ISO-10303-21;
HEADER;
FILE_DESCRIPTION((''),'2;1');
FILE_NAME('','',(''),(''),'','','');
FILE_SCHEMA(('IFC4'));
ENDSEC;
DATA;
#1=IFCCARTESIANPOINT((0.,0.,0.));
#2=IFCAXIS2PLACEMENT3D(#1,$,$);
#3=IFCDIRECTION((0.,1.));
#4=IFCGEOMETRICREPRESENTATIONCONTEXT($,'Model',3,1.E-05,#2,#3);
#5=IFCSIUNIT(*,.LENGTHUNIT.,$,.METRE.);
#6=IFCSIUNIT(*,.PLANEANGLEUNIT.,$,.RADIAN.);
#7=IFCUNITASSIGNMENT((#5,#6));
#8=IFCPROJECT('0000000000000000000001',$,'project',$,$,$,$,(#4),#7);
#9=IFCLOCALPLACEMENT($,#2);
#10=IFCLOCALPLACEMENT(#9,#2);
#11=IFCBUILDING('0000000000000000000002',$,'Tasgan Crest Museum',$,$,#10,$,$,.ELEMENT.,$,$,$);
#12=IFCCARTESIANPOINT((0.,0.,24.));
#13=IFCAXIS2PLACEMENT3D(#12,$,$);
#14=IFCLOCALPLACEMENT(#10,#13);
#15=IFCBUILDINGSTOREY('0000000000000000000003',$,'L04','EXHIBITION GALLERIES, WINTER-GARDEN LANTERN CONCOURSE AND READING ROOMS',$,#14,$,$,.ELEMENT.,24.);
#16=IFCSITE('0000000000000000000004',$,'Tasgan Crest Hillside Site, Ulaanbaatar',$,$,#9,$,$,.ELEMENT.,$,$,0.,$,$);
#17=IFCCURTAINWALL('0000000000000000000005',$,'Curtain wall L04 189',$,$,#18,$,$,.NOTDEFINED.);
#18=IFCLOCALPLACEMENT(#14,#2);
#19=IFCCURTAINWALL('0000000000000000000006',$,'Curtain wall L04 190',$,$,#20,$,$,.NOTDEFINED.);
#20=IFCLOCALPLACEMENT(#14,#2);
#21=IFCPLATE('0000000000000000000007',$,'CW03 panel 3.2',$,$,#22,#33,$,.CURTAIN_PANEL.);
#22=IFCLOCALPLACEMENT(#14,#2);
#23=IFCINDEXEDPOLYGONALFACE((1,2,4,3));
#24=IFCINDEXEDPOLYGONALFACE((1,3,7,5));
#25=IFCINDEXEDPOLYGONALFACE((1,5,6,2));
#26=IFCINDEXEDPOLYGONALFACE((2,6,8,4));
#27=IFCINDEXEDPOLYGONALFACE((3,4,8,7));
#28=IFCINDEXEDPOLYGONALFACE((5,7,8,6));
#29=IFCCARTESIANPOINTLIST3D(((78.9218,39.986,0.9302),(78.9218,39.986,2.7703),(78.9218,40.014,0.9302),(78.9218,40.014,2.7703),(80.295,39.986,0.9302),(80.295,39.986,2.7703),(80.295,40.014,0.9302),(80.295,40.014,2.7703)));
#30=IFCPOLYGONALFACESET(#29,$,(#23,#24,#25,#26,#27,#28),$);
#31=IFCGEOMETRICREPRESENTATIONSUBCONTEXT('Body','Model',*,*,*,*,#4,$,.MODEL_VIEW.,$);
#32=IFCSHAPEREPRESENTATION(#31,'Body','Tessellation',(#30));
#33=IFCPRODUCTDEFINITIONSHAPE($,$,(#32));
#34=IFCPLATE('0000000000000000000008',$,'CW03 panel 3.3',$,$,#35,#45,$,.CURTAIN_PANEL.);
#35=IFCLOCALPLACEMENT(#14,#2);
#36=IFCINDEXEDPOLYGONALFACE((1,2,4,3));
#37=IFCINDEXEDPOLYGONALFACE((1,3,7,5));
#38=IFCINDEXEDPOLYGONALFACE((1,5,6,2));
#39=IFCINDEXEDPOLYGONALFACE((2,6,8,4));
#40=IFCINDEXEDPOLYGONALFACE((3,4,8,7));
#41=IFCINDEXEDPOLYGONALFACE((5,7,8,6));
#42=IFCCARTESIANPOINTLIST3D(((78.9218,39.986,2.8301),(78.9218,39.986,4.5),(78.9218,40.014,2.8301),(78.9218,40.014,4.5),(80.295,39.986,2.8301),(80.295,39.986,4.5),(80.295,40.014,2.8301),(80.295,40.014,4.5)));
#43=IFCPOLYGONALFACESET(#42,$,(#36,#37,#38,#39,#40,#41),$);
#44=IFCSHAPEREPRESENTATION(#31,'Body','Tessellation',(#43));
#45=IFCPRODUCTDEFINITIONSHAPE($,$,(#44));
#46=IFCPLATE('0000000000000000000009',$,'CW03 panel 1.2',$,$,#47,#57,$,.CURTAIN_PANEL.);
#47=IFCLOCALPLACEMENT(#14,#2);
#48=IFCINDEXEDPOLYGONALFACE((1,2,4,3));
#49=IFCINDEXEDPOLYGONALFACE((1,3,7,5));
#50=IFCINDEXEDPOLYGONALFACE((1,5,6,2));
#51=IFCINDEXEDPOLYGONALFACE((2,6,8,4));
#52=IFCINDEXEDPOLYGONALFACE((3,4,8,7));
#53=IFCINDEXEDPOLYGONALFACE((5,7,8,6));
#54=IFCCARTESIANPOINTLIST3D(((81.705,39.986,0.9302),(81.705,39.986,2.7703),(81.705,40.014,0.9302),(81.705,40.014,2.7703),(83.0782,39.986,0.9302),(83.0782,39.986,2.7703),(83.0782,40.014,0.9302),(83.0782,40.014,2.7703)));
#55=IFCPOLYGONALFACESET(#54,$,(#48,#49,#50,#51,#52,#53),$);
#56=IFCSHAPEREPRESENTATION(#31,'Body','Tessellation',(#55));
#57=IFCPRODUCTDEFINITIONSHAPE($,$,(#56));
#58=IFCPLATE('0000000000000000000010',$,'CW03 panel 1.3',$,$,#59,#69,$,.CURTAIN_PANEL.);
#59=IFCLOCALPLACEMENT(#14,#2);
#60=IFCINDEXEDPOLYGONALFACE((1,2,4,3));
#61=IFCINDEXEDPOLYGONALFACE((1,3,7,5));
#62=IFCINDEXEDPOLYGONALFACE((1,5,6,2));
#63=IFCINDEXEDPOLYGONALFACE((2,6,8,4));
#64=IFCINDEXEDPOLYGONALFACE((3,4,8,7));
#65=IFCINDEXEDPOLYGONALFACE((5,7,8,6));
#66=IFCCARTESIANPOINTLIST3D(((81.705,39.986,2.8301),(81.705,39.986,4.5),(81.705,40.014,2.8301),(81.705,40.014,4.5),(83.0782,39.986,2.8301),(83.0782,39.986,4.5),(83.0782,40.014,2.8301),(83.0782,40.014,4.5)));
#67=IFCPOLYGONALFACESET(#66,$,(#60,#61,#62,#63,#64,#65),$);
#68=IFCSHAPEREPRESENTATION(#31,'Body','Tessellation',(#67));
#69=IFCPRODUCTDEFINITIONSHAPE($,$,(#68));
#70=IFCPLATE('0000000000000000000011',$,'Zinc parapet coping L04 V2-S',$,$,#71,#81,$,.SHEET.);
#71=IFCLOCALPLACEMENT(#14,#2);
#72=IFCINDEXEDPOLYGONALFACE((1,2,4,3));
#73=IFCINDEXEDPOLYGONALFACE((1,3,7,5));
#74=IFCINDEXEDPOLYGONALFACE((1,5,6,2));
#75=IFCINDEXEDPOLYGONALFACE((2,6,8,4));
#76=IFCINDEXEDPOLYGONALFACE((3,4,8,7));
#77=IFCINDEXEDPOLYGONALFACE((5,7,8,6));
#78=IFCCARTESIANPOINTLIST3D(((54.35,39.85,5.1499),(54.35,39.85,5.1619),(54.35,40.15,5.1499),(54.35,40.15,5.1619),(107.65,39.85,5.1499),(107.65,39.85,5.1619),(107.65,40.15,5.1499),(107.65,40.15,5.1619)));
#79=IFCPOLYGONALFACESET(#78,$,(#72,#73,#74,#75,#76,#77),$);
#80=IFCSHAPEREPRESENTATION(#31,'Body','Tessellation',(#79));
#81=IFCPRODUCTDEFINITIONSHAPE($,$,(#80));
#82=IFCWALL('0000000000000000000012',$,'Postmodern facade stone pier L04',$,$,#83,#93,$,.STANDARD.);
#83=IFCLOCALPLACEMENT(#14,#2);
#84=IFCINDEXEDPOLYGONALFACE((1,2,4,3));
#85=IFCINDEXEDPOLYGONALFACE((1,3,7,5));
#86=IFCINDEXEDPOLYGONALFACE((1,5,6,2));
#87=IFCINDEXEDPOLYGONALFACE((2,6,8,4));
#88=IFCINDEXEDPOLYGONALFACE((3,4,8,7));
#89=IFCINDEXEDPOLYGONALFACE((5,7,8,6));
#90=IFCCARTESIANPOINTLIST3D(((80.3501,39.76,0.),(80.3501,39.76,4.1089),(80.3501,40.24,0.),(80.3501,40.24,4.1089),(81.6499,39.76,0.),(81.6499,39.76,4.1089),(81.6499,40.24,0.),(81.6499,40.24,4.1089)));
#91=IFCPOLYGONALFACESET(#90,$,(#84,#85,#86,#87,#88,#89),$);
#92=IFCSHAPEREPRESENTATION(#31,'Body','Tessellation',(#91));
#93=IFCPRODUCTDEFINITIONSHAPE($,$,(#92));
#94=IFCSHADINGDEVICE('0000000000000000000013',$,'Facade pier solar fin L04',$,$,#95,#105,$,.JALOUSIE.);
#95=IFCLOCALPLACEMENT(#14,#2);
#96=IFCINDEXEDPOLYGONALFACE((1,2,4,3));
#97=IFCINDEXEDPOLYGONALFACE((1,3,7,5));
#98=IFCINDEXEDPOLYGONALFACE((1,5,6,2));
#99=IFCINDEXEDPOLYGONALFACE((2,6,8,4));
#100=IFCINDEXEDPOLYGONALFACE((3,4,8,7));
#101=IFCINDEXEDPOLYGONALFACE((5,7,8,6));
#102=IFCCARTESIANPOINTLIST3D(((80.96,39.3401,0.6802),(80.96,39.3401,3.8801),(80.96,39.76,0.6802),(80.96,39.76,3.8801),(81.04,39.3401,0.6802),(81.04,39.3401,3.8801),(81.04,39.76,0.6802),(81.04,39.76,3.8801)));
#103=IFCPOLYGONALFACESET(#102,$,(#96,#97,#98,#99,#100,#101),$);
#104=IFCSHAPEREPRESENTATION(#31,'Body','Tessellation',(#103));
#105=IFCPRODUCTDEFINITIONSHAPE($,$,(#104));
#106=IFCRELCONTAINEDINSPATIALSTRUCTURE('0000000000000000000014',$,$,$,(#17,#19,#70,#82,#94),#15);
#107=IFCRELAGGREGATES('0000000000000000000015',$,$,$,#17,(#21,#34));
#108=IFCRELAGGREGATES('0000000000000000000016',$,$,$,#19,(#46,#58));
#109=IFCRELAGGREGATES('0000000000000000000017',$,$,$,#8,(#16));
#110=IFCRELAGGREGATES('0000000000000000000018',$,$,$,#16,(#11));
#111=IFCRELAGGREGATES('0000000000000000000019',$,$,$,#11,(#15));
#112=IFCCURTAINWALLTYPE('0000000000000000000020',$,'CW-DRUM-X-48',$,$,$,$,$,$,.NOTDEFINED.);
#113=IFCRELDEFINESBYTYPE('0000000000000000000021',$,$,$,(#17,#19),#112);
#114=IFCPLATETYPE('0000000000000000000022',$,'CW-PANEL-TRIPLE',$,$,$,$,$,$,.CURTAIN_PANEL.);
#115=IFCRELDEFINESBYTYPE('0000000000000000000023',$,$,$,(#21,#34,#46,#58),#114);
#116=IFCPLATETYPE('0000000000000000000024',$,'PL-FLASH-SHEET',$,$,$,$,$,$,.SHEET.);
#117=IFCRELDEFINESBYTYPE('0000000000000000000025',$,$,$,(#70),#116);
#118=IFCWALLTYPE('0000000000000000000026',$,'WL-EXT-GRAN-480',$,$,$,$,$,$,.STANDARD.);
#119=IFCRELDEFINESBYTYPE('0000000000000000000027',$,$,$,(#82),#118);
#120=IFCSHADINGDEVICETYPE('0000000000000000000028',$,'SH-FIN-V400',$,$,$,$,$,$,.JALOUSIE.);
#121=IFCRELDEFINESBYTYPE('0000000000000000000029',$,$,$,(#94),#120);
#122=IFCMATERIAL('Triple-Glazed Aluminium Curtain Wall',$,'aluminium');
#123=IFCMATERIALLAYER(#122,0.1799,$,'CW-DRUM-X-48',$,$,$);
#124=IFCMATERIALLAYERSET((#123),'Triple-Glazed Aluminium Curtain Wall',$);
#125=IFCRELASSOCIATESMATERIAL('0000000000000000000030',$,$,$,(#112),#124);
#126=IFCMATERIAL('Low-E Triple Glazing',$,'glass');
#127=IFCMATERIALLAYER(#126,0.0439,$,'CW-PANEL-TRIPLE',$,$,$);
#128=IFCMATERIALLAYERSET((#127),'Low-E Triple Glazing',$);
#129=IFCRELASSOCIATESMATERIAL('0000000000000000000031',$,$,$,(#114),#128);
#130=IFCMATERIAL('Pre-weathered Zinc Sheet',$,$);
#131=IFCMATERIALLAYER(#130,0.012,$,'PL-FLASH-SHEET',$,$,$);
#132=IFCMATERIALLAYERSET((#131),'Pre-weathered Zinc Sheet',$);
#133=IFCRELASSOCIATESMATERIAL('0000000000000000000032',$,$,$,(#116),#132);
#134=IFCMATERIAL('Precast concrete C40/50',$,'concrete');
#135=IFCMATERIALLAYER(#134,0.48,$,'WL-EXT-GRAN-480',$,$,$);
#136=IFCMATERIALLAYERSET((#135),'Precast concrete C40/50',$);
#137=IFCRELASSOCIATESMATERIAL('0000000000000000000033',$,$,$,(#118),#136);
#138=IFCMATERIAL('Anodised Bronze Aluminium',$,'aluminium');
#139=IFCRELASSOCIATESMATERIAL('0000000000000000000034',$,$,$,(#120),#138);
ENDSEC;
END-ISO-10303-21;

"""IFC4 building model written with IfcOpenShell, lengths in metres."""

from ifc_helpers import new_model, si_unit, direction, frame, frame_2d, origin, origin_2d, place, context, subcontext, project, spatial, rectangle, extrude, material, layer, layer_set, type_object, element, aggregate, save


model = new_model("IFC4")

# Units and contexts
model_context = context("Model", 3, precision=1e-05, world=origin(), true_north=direction((0.0, 1.0)))
body_context = subcontext(model_context, "Body", "Model", "MODEL_VIEW")
ifc_project = project(units=[si_unit("LENGTHUNIT", "METRE"), si_unit("PLANEANGLEUNIT", "RADIAN")], contexts=[model_context])

# Site, building, storey
site_placement = place(None, origin())
site = spatial("IfcSite", under=ifc_project, at=site_placement, Name="Tasgan Crest Hillside Site, Ulaanbaatar", CompositionType="ELEMENT", RefElevation=0.0)
building_placement = place(site_placement, origin())
building = spatial("IfcBuilding", under=site, at=building_placement, Name="Tasgan Crest Museum", CompositionType="ELEMENT")
storey_placement = place(building_placement, frame((0.0, 0.0, 24.0)))
storey = spatial("IfcBuildingStorey", under=building, at=storey_placement, Name="L04", Description="EXHIBITION GALLERIES, WINTER-GARDEN LANTERN CONCOURSE AND READING ROOMS", CompositionType="ELEMENT", Elevation=24.0)

# Curtain walls
ifc_material_1 = material(Name="Triple-Glazed Aluminium Curtain Wall", Category="aluminium")
ifc_layer_1 = layer(ifc_material_1, 0.1799, Name="CW-DRUM-X-48")
ifc_layer_set_1 = layer_set([ifc_layer_1], Name="Triple-Glazed Aluminium Curtain Wall")
curtain_wall_type = type_object("IfcCurtainWallType", Name="CW-DRUM-X-48", PredefinedType="NOTDEFINED", material=ifc_layer_set_1)
curtain_wall_1_placement = place(storey_placement, origin())
curtain_wall_1 = element("IfcCurtainWall", 1, at=curtain_wall_1_placement, inside=storey, type_object=curtain_wall_type, Name="Curtain wall L04 189", PredefinedType="NOTDEFINED")
curtain_wall_2_placement = place(storey_placement, origin())
curtain_wall_2 = element("IfcCurtainWall", 2, at=curtain_wall_2_placement, inside=storey, type_object=curtain_wall_type, Name="Curtain wall L04 190", PredefinedType="NOTDEFINED")

# Plates
ifc_material_2 = material(Name="Low-E Triple Glazing", Category="glass")
ifc_layer_2 = layer(ifc_material_2, 0.0439, Name="CW-PANEL-TRIPLE")
ifc_layer_set_2 = layer_set([ifc_layer_2], Name="Low-E Triple Glazing")
plate_type_1 = type_object("IfcPlateType", Name="CW-PANEL-TRIPLE", PredefinedType="CURTAIN_PANEL", material=ifc_layer_set_2)
plate_1_placement = place(storey_placement, frame((79.6084, 40.0, 0.9302), z_axis=(0.0, 0.0, 1.0), x_axis=(1.0, 0.0, 0.0)))
plate_1 = element("IfcPlate", 3, at=plate_1_placement, type_object=plate_type_1, Name="CW03 panel 3.2", PredefinedType="CURTAIN_PANEL", context=body_context, shape_type="SweptSolid", body=[
    extrude(rectangle(XDim=1.3733, YDim=0.0281, at=origin_2d()), origin(), (0.0, 0.0, 1.0), 1.8401),
])
plate_2_placement = place(storey_placement, frame((79.6084, 40.0, 2.8301), z_axis=(0.0, 0.0, 1.0), x_axis=(1.0, 0.0, 0.0)))
plate_2 = element("IfcPlate", 4, at=plate_2_placement, type_object=plate_type_1, Name="CW03 panel 3.3", PredefinedType="CURTAIN_PANEL", context=body_context, shape_type="SweptSolid", body=[
    extrude(rectangle(XDim=1.3733, YDim=0.0281, at=origin_2d()), origin(), (0.0, 0.0, 1.0), 1.6699),
])
aggregate(curtain_wall_1, [plate_1, plate_2])
plate_3_placement = place(storey_placement, frame((82.3916, 40.0, 0.9302), z_axis=(0.0, 0.0, 1.0), x_axis=(1.0, 0.0, 0.0)))
plate_3 = element("IfcPlate", 5, at=plate_3_placement, type_object=plate_type_1, Name="CW03 panel 1.2", PredefinedType="CURTAIN_PANEL", context=body_context, shape_type="SweptSolid", body=[
    extrude(rectangle(XDim=1.3733, YDim=0.0281, at=origin_2d()), origin(), (0.0, 0.0, 1.0), 1.8401),
])
plate_4_placement = place(storey_placement, frame((82.3916, 40.0, 2.8301), z_axis=(0.0, 0.0, 1.0), x_axis=(1.0, 0.0, 0.0)))
plate_4 = element("IfcPlate", 6, at=plate_4_placement, type_object=plate_type_1, Name="CW03 panel 1.3", PredefinedType="CURTAIN_PANEL", context=body_context, shape_type="SweptSolid", body=[
    extrude(rectangle(XDim=1.3733, YDim=0.0281, at=origin_2d()), origin(), (0.0, 0.0, 1.0), 1.6699),
])
aggregate(curtain_wall_2, [plate_3, plate_4])
ifc_material_3 = material(Name="Pre-weathered Zinc Sheet")
ifc_layer_3 = layer(ifc_material_3, 0.012, Name="PL-FLASH-SHEET")
ifc_layer_set_3 = layer_set([ifc_layer_3], Name="Pre-weathered Zinc Sheet")
plate_type_2 = type_object("IfcPlateType", Name="PL-FLASH-SHEET", PredefinedType="SHEET", material=ifc_layer_set_3)
plate_5_placement = place(storey_placement, frame((81.0, 40.0, 5.1499), z_axis=(0.0, 0.0, 1.0), x_axis=(1.0, 0.0, 0.0)))
element("IfcPlate", 7, at=plate_5_placement, inside=storey, type_object=plate_type_2, Name="Zinc parapet coping L04 V2-S", PredefinedType="SHEET", context=body_context, shape_type="SweptSolid", body=[
    extrude(rectangle(XDim=53.3, YDim=0.3, at=origin_2d()), origin(), (0.0, 0.0, 1.0), 0.012),
])

# Wall
ifc_material_4 = material(Name="Precast concrete C40/50", Category="concrete")
ifc_layer_4 = layer(ifc_material_4, 0.48, Name="WL-EXT-GRAN-480")
ifc_layer_set_4 = layer_set([ifc_layer_4], Name="Precast concrete C40/50")
wall_type = type_object("IfcWallType", Name="WL-EXT-GRAN-480", PredefinedType="STANDARD", material=ifc_layer_set_4)
wall_placement = place(storey_placement, frame((80.3501, 40.0, 0.0), z_axis=(0.0, 0.0, 1.0), x_axis=(1.0, 0.0, 0.0)))
element("IfcWall", 8, at=wall_placement, inside=storey, type_object=wall_type, Name="Postmodern facade stone pier L04", PredefinedType="STANDARD", context=body_context, shape_type="SweptSolid", body=[
    extrude(rectangle(XDim=1.2998, YDim=0.48, at=frame_2d((0.6499, 0.0))), origin(), (0.0, 0.0, 1.0), 4.1089),
])

# Shading device
ifc_material_5 = material(Name="Anodised Bronze Aluminium", Category="aluminium")
shading_device_type = type_object("IfcShadingDeviceType", Name="SH-FIN-V400", PredefinedType="JALOUSIE", material=ifc_material_5)
shading_device_placement = place(storey_placement, frame((81.0, 39.55, 0.6802), z_axis=(0.0, 0.0, 1.0), x_axis=(1.0, 0.0, 0.0)))
element("IfcShadingDevice", 9, at=shading_device_placement, inside=storey, type_object=shading_device_type, Name="Facade pier solar fin L04", PredefinedType="JALOUSIE", context=body_context, shape_type="SweptSolid", body=[
    extrude(rectangle(XDim=0.0801, YDim=0.4199, at=origin_2d()), origin(), (0.0, 0.0, 1.0), 3.2),
])

save(model, "model.ifc")
